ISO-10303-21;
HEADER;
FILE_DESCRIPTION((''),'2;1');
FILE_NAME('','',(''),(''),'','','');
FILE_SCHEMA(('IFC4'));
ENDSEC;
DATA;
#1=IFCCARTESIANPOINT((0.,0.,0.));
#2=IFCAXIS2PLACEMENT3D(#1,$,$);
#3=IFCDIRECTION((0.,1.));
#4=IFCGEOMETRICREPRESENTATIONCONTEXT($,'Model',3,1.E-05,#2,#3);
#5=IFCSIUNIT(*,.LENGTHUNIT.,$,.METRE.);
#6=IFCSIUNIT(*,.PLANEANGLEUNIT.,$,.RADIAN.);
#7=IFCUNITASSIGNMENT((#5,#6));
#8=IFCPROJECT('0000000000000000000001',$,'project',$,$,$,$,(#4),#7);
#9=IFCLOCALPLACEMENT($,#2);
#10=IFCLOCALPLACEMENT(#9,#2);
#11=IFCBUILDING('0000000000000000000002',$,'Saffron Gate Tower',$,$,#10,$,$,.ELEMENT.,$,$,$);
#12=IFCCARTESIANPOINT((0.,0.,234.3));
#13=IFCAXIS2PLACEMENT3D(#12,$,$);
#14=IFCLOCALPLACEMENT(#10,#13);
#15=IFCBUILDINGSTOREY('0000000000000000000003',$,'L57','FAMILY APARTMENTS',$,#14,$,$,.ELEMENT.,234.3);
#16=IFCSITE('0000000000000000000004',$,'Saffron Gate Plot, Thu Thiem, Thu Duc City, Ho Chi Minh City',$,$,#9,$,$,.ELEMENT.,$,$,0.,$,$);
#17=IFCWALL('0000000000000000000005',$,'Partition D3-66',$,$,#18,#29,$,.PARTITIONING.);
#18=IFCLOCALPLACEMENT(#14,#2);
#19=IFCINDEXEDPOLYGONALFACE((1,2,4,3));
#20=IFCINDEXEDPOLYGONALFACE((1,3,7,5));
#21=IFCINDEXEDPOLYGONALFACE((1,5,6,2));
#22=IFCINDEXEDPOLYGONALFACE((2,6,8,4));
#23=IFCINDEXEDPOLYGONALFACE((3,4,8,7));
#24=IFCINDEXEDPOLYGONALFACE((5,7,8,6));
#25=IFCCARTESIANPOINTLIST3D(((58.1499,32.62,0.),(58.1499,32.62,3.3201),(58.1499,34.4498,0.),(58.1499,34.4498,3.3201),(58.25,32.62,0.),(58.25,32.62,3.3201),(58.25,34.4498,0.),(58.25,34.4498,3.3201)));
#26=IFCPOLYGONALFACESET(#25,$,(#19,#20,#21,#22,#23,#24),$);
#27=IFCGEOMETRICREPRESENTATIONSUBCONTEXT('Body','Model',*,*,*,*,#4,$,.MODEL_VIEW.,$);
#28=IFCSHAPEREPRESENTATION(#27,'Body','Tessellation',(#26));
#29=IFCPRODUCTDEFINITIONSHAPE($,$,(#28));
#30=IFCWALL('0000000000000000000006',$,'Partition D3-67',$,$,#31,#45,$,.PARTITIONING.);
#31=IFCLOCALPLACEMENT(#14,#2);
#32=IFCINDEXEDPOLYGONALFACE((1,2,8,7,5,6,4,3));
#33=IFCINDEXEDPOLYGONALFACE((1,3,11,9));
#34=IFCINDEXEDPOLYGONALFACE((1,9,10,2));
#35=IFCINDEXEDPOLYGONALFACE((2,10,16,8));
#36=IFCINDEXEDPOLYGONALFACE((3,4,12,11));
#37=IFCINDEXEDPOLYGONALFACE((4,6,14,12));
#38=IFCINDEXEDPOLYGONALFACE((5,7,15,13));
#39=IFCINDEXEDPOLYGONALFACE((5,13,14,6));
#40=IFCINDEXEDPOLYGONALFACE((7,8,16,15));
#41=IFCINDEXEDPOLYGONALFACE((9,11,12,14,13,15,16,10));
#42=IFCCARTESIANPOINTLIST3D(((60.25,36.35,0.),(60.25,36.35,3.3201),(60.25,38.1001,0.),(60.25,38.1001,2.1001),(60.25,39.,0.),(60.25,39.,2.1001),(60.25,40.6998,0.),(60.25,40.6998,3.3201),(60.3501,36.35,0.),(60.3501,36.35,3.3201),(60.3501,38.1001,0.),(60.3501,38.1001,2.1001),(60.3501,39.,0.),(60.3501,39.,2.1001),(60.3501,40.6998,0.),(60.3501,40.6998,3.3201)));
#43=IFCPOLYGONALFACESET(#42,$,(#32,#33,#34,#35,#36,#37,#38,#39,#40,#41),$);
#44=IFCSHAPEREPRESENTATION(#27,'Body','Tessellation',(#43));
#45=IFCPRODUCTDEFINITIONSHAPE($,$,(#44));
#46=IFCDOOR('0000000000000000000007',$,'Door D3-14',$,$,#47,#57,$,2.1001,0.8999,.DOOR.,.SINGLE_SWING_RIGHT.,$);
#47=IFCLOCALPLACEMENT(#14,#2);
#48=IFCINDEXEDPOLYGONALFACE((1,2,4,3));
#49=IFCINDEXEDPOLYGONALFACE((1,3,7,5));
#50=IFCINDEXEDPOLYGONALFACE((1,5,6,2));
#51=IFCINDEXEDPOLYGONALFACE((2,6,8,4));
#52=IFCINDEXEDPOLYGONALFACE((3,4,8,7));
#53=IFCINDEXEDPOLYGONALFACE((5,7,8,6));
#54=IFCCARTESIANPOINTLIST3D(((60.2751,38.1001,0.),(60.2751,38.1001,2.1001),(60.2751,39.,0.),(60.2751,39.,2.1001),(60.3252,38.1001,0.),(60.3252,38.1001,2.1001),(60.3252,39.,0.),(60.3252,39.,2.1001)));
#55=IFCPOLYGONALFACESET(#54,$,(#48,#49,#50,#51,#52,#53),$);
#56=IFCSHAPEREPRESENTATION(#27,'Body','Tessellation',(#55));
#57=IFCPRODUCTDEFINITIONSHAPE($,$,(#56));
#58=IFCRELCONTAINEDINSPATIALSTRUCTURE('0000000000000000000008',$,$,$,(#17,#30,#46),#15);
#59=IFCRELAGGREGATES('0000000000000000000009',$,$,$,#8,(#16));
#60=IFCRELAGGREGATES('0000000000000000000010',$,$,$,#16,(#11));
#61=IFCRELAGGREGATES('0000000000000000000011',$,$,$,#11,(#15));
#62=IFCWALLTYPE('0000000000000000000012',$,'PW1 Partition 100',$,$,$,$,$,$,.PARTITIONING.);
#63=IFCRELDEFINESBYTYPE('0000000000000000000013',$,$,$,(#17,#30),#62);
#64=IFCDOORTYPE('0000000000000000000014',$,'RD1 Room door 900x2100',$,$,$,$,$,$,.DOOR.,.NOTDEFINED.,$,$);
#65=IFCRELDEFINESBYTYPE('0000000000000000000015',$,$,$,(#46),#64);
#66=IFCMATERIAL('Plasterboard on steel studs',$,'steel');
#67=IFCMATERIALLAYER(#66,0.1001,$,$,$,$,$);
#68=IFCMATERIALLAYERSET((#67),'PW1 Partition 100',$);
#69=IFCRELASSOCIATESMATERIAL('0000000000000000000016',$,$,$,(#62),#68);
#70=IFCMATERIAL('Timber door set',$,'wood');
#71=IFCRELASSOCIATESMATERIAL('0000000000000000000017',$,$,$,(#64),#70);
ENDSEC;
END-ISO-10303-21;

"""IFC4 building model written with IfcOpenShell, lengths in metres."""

from ifc_helpers import new_model, si_unit, direction, frame, frame_2d, origin, place, context, subcontext, project, spatial, rectangle, extrude, material, layer, layer_set, type_object, element, fill, save


model = new_model("IFC4")

# Units and contexts
model_context = context("Model", 3, precision=1e-05, world=origin(), true_north=direction((0.0, 1.0)))
body_context = subcontext(model_context, "Body", "Model", "MODEL_VIEW")
ifc_project = project(units=[si_unit("LENGTHUNIT", "METRE"), si_unit("PLANEANGLEUNIT", "RADIAN")], contexts=[model_context])

# Site, building, storey
site_placement = place(None, origin())
site = spatial("IfcSite", under=ifc_project, at=site_placement, Name="Saffron Gate Plot, Thu Thiem, Thu Duc City, Ho Chi Minh City", CompositionType="ELEMENT", RefElevation=0.0)
building_placement = place(site_placement, origin())
building = spatial("IfcBuilding", under=site, at=building_placement, Name="Saffron Gate Tower", CompositionType="ELEMENT")
storey_placement = place(building_placement, frame((0.0, 0.0, 234.3)))
storey = spatial("IfcBuildingStorey", under=building, at=storey_placement, Name="L57", Description="FAMILY APARTMENTS", CompositionType="ELEMENT", Elevation=234.3)

# Shared definitions
ifc_material_1 = material(Name="Plasterboard on steel studs", Category="steel")
ifc_layer_1 = layer(ifc_material_1, 0.1001)
ifc_layer_set_1 = layer_set([ifc_layer_1], Name="PW1 Partition 100")
wall_type = type_object("IfcWallType", Name="PW1 Partition 100", PredefinedType="PARTITIONING", material=ifc_layer_set_1)
ifc_material_2 = material(Name="Timber door set", Category="wood")
door_type = type_object("IfcDoorType", Name="RD1 Room door 900x2100", OperationType="NOTDEFINED", PredefinedType="DOOR", material=ifc_material_2)

# Wall
wall_1_placement = place(storey_placement, frame((58.2, 34.45, 0.0), z_axis=(0.0, 0.0, 1.0), x_axis=(0.0, -1.0, 0.0)))
element("IfcWall", 1, at=wall_1_placement, inside=storey, type_object=wall_type, Name="Partition D3-66", PredefinedType="PARTITIONING", context=body_context, shape_type="SweptSolid", body=[
    extrude(rectangle(XDim=1.8298, YDim=0.1001, at=frame_2d((0.915, 0.0))), origin(), (0.0, 0.0, 1.0), 3.3201),
])

# Wall, opening, door
wall_2_placement = place(storey_placement, frame((60.3, 36.3501, 0.0), z_axis=(0.0, 0.0, 1.0), x_axis=(0.0, 1.0, 0.0)))
wall_2 = element("IfcWall", 2, at=wall_2_placement, inside=storey, type_object=wall_type, Name="Partition D3-67", PredefinedType="PARTITIONING", context=body_context, shape_type="SweptSolid", body=[
    extrude(rectangle(XDim=4.3499, YDim=0.1001, at=frame_2d((2.1748, 0.0))), origin(), (0.0, 0.0, 1.0), 3.3201),
])
opening_1_placement = place(wall_2_placement, frame((1.75, 0.0, 0.0)))
opening_1 = element("IfcOpeningElement", 3, at=opening_1_placement, cuts=wall_2, PredefinedType="OPENING", context=body_context, shape_type="SweptSolid", body=[
    extrude(rectangle(XDim=0.8999, YDim=2.1001, at=frame_2d((0.45, 1.05))), frame((0.0, 0.0601, 0.0), z_axis=(0.0, -1.0, 0.0), x_axis=(1.0, 0.0, 0.0)), (0.0, 0.0, 1.0), 0.1201),
])
door_1_placement = place(opening_1_placement, origin())
door_1 = element("IfcDoor", 4, at=door_1_placement, inside=storey, type_object=door_type, Name="Door D3-14", OperationType="SINGLE_SWING_RIGHT", OverallHeight=2.1001, OverallWidth=0.8999, PredefinedType="DOOR", context=body_context, shape_type="SweptSolid", body=[
    extrude(rectangle(XDim=0.8999, YDim=2.1001, at=frame_2d((0.45, 1.05))), frame((0.0, 0.0249, 0.0), z_axis=(0.0, -1.0, 0.0), x_axis=(1.0, 0.0, 0.0)), (0.0, 0.0, 1.0), 0.05),
])
fill(opening_1, door_1)

save(model, "model.ifc")
